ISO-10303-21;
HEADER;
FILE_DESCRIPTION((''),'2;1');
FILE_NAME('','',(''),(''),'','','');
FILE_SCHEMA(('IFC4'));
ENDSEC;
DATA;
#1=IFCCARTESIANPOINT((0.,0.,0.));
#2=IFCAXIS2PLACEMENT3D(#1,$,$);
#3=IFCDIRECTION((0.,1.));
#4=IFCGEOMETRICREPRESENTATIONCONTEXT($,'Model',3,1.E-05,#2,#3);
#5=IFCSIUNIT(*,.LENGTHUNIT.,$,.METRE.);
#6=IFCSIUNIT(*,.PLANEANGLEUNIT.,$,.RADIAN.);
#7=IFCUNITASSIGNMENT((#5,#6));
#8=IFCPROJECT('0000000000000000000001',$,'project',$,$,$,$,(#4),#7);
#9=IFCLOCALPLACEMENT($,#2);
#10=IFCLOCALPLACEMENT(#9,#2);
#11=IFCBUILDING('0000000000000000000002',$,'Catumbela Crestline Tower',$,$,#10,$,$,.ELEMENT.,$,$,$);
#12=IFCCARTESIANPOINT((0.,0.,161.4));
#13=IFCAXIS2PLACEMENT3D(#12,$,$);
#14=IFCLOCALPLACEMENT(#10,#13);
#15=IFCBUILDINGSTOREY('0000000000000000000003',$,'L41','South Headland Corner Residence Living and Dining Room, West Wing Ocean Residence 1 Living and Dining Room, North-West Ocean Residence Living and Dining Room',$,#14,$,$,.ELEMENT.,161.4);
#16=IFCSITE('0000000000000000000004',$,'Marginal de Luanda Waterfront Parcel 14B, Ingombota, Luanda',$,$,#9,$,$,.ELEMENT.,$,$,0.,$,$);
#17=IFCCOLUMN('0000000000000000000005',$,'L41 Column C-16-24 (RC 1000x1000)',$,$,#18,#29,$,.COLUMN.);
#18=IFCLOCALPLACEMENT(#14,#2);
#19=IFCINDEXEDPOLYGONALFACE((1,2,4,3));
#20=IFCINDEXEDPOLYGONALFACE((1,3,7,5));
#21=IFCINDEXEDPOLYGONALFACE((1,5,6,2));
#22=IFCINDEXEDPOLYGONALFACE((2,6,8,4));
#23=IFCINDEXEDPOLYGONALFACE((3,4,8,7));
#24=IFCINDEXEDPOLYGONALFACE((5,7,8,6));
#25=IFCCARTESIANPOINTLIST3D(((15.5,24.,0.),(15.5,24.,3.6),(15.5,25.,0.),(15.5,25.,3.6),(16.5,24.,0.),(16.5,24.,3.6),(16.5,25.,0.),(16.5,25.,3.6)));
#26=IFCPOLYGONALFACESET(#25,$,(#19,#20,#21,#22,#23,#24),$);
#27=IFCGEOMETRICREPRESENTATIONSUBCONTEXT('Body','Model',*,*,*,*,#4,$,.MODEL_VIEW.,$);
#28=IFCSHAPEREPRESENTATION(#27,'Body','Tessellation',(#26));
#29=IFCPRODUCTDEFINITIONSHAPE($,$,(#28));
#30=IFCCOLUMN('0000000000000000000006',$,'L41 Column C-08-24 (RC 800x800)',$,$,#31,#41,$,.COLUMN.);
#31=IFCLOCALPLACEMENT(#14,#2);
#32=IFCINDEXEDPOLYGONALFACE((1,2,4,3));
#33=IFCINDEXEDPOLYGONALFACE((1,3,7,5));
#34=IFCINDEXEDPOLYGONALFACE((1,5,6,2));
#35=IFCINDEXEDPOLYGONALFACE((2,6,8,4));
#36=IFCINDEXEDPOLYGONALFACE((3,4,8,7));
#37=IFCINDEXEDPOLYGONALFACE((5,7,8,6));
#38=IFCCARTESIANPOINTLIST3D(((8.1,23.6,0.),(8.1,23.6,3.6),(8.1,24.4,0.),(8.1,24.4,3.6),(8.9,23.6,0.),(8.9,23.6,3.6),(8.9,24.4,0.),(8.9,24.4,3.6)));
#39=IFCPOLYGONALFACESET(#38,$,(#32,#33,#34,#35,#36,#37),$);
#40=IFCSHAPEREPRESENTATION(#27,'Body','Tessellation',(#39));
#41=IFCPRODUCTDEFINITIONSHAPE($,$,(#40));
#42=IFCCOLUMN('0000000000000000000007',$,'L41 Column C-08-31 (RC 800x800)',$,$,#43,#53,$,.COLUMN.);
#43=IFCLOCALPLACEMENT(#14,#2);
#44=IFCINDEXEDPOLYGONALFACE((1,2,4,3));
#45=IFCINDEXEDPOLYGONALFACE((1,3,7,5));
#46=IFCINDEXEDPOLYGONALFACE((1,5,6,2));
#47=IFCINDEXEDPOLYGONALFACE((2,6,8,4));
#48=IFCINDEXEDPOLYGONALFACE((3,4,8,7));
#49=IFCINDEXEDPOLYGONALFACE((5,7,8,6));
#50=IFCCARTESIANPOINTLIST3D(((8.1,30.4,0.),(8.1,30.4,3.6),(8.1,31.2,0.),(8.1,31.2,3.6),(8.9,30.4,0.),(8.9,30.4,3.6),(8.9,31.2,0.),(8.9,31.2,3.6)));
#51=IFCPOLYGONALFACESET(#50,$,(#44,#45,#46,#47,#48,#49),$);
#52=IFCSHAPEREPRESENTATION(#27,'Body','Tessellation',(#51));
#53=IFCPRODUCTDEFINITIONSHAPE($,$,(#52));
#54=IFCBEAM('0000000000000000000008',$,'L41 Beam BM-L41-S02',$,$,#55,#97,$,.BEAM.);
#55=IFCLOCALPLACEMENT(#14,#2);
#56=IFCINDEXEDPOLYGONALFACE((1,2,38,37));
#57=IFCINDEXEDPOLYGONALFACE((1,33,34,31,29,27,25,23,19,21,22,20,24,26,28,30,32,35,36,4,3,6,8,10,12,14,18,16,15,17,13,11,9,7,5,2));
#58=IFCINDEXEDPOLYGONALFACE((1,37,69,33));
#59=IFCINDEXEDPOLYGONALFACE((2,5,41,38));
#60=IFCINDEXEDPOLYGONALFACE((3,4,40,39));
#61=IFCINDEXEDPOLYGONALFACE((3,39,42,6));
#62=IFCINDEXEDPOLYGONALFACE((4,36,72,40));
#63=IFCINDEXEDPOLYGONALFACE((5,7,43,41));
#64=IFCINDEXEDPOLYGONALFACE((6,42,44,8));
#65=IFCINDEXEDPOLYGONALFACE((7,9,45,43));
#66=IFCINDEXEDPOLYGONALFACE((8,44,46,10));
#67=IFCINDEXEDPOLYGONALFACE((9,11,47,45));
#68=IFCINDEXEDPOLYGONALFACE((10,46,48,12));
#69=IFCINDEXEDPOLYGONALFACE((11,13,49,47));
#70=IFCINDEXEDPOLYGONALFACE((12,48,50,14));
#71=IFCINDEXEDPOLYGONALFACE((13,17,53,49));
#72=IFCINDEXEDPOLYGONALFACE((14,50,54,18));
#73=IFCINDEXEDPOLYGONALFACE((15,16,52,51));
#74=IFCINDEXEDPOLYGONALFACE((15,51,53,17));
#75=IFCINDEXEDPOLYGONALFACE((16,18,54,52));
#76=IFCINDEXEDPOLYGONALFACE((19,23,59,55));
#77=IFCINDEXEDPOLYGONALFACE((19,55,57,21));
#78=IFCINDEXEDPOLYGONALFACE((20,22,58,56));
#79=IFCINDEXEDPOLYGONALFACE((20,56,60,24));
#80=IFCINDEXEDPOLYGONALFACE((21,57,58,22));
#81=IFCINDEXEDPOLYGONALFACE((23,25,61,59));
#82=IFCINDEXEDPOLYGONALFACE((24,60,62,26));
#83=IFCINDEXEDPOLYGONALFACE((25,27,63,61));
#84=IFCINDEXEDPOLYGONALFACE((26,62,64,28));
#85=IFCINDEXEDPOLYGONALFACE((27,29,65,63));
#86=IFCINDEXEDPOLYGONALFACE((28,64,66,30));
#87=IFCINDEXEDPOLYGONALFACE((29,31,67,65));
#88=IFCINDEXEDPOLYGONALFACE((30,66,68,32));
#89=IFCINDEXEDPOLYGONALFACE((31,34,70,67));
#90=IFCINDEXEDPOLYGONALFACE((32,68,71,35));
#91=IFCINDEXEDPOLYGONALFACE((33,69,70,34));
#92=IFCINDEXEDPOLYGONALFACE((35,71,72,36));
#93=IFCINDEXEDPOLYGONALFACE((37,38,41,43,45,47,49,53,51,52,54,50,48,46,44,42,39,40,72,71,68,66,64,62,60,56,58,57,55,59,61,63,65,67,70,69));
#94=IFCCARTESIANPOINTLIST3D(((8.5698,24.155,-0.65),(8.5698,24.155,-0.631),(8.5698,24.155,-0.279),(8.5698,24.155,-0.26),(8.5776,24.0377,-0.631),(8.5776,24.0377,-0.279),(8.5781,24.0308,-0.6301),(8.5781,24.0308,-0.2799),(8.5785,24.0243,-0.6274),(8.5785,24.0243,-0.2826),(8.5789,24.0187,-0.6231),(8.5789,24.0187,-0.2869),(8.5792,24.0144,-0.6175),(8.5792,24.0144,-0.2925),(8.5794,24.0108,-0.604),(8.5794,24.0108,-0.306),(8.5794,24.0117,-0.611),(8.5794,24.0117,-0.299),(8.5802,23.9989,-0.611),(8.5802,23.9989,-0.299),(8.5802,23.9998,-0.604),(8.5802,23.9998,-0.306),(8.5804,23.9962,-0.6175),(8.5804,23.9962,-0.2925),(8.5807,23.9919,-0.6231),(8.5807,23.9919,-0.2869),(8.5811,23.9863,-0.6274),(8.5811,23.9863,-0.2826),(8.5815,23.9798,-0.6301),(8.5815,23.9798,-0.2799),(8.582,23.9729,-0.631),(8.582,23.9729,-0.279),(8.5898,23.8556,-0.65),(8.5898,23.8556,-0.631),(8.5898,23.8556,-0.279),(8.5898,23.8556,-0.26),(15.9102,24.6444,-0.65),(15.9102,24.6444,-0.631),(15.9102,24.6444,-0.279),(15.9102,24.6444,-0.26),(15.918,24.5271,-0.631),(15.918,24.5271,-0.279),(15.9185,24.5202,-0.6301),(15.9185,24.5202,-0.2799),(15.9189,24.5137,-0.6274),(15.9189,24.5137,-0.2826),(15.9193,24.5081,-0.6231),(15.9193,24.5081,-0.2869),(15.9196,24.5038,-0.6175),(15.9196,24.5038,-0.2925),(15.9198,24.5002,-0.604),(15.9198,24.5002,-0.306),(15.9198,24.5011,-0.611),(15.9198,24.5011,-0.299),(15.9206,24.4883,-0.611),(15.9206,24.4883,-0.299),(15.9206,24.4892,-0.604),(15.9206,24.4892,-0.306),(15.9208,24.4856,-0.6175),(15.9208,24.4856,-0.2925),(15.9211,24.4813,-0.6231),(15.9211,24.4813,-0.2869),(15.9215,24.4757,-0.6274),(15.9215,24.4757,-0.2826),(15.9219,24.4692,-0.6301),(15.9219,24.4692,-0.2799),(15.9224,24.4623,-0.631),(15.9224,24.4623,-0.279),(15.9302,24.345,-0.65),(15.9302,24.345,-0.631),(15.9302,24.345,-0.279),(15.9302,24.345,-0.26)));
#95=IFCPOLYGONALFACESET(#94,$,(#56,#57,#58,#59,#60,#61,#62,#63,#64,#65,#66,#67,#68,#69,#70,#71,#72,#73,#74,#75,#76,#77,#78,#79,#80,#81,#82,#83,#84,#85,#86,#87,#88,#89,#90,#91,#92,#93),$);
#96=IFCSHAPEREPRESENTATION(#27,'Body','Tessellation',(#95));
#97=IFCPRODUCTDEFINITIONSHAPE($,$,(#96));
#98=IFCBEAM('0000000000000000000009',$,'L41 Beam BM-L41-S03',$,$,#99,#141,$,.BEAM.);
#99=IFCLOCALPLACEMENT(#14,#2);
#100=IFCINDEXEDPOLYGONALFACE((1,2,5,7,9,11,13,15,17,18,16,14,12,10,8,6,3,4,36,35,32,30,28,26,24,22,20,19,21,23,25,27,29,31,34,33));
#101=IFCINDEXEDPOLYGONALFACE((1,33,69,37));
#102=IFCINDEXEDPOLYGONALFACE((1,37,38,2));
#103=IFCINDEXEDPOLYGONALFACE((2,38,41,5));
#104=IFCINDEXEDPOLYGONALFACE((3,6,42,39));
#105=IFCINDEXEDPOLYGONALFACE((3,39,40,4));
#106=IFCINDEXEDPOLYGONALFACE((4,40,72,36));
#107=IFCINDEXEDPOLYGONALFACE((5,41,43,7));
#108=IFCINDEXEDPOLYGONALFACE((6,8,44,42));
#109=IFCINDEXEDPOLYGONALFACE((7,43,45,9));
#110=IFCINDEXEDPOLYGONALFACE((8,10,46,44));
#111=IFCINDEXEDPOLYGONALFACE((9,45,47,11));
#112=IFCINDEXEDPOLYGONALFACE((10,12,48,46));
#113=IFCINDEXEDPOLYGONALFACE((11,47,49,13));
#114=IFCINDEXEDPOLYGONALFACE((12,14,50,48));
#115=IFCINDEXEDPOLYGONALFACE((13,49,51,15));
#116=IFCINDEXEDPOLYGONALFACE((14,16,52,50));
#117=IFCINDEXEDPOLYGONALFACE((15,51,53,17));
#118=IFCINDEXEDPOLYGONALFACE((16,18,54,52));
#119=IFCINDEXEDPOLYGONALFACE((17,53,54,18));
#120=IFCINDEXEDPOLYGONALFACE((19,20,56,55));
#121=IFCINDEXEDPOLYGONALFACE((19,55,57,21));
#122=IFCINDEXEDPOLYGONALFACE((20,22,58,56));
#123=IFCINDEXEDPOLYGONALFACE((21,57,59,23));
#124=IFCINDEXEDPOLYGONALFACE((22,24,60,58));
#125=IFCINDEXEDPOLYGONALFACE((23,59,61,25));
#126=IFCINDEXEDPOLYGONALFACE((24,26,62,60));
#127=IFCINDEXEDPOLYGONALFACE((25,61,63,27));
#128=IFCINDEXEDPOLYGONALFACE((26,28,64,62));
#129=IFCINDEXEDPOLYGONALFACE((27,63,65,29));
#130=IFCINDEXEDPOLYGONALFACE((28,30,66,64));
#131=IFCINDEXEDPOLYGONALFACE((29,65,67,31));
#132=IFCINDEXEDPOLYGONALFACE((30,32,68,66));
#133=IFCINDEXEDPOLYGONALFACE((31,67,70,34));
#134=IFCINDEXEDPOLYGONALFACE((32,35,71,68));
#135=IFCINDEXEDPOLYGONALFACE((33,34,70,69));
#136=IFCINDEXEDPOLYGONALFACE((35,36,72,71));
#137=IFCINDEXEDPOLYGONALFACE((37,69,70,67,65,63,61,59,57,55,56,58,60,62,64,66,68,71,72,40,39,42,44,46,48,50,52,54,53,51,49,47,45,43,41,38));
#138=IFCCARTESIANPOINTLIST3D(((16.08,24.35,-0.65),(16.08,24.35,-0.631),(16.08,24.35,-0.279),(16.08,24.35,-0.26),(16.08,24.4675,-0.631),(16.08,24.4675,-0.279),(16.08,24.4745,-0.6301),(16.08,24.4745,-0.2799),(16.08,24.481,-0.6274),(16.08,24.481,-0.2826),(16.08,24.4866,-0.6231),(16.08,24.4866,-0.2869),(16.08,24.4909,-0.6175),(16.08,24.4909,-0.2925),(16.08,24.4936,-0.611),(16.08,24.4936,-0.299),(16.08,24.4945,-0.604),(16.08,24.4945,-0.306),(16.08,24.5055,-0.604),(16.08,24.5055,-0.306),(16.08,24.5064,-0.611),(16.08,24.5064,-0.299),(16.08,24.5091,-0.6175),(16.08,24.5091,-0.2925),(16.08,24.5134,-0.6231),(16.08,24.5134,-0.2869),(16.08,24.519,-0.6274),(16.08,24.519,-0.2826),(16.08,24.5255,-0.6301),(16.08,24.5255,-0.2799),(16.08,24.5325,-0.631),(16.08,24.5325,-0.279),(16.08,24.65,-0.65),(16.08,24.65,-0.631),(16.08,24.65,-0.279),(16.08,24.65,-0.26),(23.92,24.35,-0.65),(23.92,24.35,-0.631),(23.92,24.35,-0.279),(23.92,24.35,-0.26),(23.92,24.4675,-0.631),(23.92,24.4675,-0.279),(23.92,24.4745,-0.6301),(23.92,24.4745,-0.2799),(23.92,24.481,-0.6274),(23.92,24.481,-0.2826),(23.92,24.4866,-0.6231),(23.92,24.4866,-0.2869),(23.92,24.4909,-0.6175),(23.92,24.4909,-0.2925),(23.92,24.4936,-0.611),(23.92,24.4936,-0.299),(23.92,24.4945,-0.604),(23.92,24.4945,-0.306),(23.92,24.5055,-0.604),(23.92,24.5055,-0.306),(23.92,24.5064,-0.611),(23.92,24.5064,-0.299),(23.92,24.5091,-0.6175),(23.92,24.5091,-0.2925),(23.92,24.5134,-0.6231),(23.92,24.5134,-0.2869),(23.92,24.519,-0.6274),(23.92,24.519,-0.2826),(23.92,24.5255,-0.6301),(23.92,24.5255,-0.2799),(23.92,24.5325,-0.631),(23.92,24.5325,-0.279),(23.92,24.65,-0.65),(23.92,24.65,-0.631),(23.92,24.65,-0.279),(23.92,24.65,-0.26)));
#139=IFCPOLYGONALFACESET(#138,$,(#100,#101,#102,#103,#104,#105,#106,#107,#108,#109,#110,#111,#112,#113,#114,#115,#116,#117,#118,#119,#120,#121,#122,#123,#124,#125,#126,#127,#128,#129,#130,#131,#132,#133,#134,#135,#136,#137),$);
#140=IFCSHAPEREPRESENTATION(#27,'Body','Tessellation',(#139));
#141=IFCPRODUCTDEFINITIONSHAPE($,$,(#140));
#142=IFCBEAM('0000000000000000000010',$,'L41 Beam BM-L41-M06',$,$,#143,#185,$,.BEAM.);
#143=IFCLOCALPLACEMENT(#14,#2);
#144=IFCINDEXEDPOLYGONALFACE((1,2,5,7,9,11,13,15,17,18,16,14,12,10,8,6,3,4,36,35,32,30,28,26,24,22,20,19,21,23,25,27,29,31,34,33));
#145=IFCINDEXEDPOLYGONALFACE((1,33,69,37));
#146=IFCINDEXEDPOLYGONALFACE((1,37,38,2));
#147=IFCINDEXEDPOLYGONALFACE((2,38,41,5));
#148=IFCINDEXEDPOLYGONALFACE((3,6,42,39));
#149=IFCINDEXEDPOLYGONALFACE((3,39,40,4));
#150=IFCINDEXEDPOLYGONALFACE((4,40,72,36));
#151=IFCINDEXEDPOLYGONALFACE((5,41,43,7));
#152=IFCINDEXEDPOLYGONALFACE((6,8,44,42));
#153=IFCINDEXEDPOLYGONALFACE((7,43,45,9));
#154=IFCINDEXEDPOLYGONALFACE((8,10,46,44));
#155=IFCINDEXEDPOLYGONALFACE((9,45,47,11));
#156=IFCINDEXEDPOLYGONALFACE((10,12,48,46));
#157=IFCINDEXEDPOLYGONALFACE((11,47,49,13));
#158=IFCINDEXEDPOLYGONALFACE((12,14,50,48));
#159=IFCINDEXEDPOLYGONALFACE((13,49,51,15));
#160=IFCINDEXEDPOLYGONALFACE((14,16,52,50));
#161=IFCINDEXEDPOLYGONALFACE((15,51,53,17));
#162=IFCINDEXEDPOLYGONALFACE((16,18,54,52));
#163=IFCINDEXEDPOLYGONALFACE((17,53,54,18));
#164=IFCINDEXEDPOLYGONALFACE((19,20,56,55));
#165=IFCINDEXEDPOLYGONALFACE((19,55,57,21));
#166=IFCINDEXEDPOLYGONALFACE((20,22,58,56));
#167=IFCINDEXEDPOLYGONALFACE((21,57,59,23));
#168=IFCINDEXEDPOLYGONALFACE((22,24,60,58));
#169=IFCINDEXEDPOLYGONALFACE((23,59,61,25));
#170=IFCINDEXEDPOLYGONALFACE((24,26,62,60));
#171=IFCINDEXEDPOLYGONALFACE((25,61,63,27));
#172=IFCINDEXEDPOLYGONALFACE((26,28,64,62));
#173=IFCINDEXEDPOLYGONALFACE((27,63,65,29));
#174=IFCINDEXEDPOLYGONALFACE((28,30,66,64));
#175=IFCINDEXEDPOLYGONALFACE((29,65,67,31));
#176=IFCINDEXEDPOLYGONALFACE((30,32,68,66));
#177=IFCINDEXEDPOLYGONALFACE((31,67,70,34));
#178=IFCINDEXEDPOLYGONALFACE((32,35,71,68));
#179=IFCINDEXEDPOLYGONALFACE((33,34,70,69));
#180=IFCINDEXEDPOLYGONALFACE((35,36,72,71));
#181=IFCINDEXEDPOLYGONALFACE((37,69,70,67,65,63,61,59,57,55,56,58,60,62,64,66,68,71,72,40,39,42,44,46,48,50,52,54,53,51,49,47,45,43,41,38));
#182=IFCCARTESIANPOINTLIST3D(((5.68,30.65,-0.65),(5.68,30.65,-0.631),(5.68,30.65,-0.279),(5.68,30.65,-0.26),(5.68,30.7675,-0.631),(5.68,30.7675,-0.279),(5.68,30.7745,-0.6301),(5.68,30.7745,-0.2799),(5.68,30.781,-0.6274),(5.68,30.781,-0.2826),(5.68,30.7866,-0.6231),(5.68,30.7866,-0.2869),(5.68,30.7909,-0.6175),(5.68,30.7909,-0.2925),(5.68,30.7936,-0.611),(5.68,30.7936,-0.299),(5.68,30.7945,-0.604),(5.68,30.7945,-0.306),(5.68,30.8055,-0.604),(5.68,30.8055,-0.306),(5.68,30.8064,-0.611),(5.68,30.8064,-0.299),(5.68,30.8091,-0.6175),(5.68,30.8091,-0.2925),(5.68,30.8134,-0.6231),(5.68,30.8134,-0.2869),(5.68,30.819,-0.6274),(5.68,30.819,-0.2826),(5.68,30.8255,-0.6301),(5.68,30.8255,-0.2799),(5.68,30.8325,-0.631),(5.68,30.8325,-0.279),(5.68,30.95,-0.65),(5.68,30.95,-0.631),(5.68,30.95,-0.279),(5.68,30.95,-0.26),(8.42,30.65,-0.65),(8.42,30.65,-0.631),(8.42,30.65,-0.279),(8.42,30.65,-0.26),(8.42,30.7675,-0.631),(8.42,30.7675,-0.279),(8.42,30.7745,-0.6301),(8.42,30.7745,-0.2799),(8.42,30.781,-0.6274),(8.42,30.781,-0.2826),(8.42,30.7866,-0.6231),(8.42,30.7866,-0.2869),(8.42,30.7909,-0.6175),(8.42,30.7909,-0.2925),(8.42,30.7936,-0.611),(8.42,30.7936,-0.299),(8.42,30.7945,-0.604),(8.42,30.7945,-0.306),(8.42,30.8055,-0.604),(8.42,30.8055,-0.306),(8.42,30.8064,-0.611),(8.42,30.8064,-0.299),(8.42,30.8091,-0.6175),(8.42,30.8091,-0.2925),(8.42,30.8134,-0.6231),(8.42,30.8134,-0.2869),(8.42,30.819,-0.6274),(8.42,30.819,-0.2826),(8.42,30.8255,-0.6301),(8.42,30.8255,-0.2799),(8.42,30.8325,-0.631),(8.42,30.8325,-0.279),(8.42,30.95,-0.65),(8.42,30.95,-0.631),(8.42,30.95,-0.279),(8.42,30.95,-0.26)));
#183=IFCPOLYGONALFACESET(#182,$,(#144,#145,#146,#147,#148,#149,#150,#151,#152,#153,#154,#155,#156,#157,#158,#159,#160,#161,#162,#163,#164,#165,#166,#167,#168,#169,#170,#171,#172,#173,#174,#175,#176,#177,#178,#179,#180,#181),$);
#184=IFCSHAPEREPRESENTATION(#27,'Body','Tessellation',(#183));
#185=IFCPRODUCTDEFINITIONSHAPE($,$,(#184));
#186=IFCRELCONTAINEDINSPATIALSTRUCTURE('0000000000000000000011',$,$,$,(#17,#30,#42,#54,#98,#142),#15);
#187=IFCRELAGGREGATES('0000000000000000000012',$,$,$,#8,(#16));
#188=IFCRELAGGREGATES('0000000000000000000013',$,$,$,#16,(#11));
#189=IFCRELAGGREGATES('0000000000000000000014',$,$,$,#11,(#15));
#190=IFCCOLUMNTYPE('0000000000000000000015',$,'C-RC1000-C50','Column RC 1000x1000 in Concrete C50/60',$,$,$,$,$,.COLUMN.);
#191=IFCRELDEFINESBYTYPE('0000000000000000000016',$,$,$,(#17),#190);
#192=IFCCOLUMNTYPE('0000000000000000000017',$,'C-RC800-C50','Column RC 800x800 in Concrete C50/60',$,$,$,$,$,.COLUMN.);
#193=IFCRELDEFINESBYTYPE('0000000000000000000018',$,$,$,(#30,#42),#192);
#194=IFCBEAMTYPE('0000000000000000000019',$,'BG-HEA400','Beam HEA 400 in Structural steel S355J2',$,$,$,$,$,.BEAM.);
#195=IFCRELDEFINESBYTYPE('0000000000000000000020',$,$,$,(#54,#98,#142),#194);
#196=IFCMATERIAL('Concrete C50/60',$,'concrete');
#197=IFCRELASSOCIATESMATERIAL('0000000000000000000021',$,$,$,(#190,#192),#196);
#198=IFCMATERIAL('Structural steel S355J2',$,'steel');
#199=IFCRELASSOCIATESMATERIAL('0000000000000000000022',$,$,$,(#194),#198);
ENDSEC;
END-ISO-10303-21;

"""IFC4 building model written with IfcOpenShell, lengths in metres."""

from ifc_helpers import new_model, si_unit, direction, frame, origin, origin_2d, place, context, subcontext, project, spatial, rectangle, i_section, extrude, material, material_profile, profile_set, type_object, element, save


model = new_model("IFC4")

# Units and contexts
model_context = context("Model", 3, precision=1e-05, world=origin(), true_north=direction((0.0, 1.0)))
body_context = subcontext(model_context, "Body", "Model", "MODEL_VIEW")
ifc_project = project(units=[si_unit("LENGTHUNIT", "METRE"), si_unit("PLANEANGLEUNIT", "RADIAN")], contexts=[model_context])

# Site, building, storey
site_placement = place(None, origin())
site = spatial("IfcSite", under=ifc_project, at=site_placement, Name="Marginal de Luanda Waterfront Parcel 14B, Ingombota, Luanda", CompositionType="ELEMENT", RefElevation=0.0)
building_placement = place(site_placement, origin())
building = spatial("IfcBuilding", under=site, at=building_placement, Name="Catumbela Crestline Tower", CompositionType="ELEMENT")
storey_placement = place(building_placement, frame((0.0, 0.0, 161.4)))
storey = spatial("IfcBuildingStorey", under=building, at=storey_placement, Name="L41", Description="South Headland Corner Residence Living and Dining Room, West Wing Ocean Residence 1 Living and Dining Room, North-West Ocean Residence Living and Dining Room", CompositionType="ELEMENT", Elevation=161.4)

# Columns
ifc_material_1 = material(Name="Concrete C50/60", Category="concrete")
ifc_material_profile_1 = material_profile(ifc_material_1, rectangle(XDim=1.0, YDim=1.0, at=origin_2d()), Name="RC 1000x1000")
ifc_profile_set_1 = profile_set([ifc_material_profile_1], Name="Concrete C50/60")
column_type_1 = type_object("IfcColumnType", Name="C-RC1000-C50", Description="Column RC 1000x1000 in Concrete C50/60", PredefinedType="COLUMN", material=ifc_profile_set_1)
column_placement = place(storey_placement, frame((16.0, 24.5, 0.0), z_axis=(0.0, 0.0, 1.0), x_axis=(1.0, 0.0, 0.0)))
element("IfcColumn", 1, at=column_placement, inside=storey, type_object=column_type_1, Name="L41 Column C-16-24 (RC 1000x1000)", PredefinedType="COLUMN", context=body_context, shape_type="SweptSolid", body=[
    extrude(rectangle(XDim=1.0, YDim=1.0, at=origin_2d()), origin(), (0.0, 0.0, 1.0), 3.6),
])
ifc_material_profile_2 = material_profile(ifc_material_1, rectangle(XDim=0.8, YDim=0.8, at=origin_2d()), Name="RC 800x800")
ifc_profile_set_2 = profile_set([ifc_material_profile_2], Name="Concrete C50/60")
column_type_2 = type_object("IfcColumnType", Name="C-RC800-C50", Description="Column RC 800x800 in Concrete C50/60", PredefinedType="COLUMN", material=ifc_profile_set_2)
for number, where, z_axis, x_axis, name in (
    (2, (8.5, 24.0, 0.0), (0.0, 0.0, 1.0), (1.0, 0.0, 0.0), "L41 Column C-08-24 (RC 800x800)"),
    (3, (8.5, 30.8, 0.0), (0.0, 0.0, 1.0), (1.0, 0.0, 0.0), "L41 Column C-08-31 (RC 800x800)"),
):
    element("IfcColumn", number, at=place(storey_placement, frame(where, z_axis=z_axis, x_axis=x_axis)), inside=storey, type_object=column_type_2, Name=name, PredefinedType="COLUMN", context=body_context, shape_type="SweptSolid", body=[
        extrude(rectangle(XDim=0.8, YDim=0.8, at=origin_2d()), origin(), (0.0, 0.0, 1.0), 3.6),
    ])

# Beams
ifc_material_2 = material(Name="Structural steel S355J2", Category="steel")
ifc_material_profile_3 = material_profile(ifc_material_2, i_section(OverallWidth=0.3, OverallDepth=0.39, WebThickness=0.011, FlangeThickness=0.019, FilletRadius=0.027, at=origin_2d()), Name="HEA 400")
ifc_profile_set_3 = profile_set([ifc_material_profile_3], Name="Structural steel S355J2")
beam_type_1 = type_object("IfcBeamType", Name="BG-HEA400", Description="Beam HEA 400 in Structural steel S355J2", PredefinedType="BEAM", material=ifc_profile_set_3)
beam_1_placement = place(storey_placement, frame((8.5798, 24.0053, -0.455), z_axis=(0.997785, 0.066524, 0.0), x_axis=(-0.066524, 0.997785, 0.0)))
element("IfcBeam", 4, at=beam_1_placement, inside=storey, type_object=beam_type_1, Name="L41 Beam BM-L41-S02", PredefinedType="BEAM", context=body_context, shape_type="SweptSolid", body=[
    extrude(i_section(OverallWidth=0.3, OverallDepth=0.39, WebThickness=0.011, FlangeThickness=0.019, FilletRadius=0.027, at=origin_2d()), origin(), (0.0, 0.0, 1.0), 7.3567),
])
beam_2_placement = place(storey_placement, frame((16.08, 24.5, -0.455), z_axis=(1.0, 0.0, 0.0), x_axis=(0.0, 1.0, 0.0)))
element("IfcBeam", 5, at=beam_2_placement, inside=storey, type_object=beam_type_1, Name="L41 Beam BM-L41-S03", PredefinedType="BEAM", context=body_context, shape_type="SweptSolid", body=[
    extrude(i_section(OverallWidth=0.3, OverallDepth=0.39, WebThickness=0.011, FlangeThickness=0.019, FilletRadius=0.027, at=origin_2d()), origin(), (0.0, 0.0, 1.0), 7.84),
])
beam_3_placement = place(storey_placement, frame((5.68, 30.8, -0.455), z_axis=(1.0, 0.0, 0.0), x_axis=(0.0, 1.0, 0.0)))
element("IfcBeam", 6, at=beam_3_placement, inside=storey, type_object=beam_type_1, Name="L41 Beam BM-L41-M06", PredefinedType="BEAM", context=body_context, shape_type="SweptSolid", body=[
    extrude(i_section(OverallWidth=0.3, OverallDepth=0.39, WebThickness=0.011, FlangeThickness=0.019, FilletRadius=0.027, at=origin_2d()), origin(), (0.0, 0.0, 1.0), 2.74),
])

save(model, "model.ifc")
